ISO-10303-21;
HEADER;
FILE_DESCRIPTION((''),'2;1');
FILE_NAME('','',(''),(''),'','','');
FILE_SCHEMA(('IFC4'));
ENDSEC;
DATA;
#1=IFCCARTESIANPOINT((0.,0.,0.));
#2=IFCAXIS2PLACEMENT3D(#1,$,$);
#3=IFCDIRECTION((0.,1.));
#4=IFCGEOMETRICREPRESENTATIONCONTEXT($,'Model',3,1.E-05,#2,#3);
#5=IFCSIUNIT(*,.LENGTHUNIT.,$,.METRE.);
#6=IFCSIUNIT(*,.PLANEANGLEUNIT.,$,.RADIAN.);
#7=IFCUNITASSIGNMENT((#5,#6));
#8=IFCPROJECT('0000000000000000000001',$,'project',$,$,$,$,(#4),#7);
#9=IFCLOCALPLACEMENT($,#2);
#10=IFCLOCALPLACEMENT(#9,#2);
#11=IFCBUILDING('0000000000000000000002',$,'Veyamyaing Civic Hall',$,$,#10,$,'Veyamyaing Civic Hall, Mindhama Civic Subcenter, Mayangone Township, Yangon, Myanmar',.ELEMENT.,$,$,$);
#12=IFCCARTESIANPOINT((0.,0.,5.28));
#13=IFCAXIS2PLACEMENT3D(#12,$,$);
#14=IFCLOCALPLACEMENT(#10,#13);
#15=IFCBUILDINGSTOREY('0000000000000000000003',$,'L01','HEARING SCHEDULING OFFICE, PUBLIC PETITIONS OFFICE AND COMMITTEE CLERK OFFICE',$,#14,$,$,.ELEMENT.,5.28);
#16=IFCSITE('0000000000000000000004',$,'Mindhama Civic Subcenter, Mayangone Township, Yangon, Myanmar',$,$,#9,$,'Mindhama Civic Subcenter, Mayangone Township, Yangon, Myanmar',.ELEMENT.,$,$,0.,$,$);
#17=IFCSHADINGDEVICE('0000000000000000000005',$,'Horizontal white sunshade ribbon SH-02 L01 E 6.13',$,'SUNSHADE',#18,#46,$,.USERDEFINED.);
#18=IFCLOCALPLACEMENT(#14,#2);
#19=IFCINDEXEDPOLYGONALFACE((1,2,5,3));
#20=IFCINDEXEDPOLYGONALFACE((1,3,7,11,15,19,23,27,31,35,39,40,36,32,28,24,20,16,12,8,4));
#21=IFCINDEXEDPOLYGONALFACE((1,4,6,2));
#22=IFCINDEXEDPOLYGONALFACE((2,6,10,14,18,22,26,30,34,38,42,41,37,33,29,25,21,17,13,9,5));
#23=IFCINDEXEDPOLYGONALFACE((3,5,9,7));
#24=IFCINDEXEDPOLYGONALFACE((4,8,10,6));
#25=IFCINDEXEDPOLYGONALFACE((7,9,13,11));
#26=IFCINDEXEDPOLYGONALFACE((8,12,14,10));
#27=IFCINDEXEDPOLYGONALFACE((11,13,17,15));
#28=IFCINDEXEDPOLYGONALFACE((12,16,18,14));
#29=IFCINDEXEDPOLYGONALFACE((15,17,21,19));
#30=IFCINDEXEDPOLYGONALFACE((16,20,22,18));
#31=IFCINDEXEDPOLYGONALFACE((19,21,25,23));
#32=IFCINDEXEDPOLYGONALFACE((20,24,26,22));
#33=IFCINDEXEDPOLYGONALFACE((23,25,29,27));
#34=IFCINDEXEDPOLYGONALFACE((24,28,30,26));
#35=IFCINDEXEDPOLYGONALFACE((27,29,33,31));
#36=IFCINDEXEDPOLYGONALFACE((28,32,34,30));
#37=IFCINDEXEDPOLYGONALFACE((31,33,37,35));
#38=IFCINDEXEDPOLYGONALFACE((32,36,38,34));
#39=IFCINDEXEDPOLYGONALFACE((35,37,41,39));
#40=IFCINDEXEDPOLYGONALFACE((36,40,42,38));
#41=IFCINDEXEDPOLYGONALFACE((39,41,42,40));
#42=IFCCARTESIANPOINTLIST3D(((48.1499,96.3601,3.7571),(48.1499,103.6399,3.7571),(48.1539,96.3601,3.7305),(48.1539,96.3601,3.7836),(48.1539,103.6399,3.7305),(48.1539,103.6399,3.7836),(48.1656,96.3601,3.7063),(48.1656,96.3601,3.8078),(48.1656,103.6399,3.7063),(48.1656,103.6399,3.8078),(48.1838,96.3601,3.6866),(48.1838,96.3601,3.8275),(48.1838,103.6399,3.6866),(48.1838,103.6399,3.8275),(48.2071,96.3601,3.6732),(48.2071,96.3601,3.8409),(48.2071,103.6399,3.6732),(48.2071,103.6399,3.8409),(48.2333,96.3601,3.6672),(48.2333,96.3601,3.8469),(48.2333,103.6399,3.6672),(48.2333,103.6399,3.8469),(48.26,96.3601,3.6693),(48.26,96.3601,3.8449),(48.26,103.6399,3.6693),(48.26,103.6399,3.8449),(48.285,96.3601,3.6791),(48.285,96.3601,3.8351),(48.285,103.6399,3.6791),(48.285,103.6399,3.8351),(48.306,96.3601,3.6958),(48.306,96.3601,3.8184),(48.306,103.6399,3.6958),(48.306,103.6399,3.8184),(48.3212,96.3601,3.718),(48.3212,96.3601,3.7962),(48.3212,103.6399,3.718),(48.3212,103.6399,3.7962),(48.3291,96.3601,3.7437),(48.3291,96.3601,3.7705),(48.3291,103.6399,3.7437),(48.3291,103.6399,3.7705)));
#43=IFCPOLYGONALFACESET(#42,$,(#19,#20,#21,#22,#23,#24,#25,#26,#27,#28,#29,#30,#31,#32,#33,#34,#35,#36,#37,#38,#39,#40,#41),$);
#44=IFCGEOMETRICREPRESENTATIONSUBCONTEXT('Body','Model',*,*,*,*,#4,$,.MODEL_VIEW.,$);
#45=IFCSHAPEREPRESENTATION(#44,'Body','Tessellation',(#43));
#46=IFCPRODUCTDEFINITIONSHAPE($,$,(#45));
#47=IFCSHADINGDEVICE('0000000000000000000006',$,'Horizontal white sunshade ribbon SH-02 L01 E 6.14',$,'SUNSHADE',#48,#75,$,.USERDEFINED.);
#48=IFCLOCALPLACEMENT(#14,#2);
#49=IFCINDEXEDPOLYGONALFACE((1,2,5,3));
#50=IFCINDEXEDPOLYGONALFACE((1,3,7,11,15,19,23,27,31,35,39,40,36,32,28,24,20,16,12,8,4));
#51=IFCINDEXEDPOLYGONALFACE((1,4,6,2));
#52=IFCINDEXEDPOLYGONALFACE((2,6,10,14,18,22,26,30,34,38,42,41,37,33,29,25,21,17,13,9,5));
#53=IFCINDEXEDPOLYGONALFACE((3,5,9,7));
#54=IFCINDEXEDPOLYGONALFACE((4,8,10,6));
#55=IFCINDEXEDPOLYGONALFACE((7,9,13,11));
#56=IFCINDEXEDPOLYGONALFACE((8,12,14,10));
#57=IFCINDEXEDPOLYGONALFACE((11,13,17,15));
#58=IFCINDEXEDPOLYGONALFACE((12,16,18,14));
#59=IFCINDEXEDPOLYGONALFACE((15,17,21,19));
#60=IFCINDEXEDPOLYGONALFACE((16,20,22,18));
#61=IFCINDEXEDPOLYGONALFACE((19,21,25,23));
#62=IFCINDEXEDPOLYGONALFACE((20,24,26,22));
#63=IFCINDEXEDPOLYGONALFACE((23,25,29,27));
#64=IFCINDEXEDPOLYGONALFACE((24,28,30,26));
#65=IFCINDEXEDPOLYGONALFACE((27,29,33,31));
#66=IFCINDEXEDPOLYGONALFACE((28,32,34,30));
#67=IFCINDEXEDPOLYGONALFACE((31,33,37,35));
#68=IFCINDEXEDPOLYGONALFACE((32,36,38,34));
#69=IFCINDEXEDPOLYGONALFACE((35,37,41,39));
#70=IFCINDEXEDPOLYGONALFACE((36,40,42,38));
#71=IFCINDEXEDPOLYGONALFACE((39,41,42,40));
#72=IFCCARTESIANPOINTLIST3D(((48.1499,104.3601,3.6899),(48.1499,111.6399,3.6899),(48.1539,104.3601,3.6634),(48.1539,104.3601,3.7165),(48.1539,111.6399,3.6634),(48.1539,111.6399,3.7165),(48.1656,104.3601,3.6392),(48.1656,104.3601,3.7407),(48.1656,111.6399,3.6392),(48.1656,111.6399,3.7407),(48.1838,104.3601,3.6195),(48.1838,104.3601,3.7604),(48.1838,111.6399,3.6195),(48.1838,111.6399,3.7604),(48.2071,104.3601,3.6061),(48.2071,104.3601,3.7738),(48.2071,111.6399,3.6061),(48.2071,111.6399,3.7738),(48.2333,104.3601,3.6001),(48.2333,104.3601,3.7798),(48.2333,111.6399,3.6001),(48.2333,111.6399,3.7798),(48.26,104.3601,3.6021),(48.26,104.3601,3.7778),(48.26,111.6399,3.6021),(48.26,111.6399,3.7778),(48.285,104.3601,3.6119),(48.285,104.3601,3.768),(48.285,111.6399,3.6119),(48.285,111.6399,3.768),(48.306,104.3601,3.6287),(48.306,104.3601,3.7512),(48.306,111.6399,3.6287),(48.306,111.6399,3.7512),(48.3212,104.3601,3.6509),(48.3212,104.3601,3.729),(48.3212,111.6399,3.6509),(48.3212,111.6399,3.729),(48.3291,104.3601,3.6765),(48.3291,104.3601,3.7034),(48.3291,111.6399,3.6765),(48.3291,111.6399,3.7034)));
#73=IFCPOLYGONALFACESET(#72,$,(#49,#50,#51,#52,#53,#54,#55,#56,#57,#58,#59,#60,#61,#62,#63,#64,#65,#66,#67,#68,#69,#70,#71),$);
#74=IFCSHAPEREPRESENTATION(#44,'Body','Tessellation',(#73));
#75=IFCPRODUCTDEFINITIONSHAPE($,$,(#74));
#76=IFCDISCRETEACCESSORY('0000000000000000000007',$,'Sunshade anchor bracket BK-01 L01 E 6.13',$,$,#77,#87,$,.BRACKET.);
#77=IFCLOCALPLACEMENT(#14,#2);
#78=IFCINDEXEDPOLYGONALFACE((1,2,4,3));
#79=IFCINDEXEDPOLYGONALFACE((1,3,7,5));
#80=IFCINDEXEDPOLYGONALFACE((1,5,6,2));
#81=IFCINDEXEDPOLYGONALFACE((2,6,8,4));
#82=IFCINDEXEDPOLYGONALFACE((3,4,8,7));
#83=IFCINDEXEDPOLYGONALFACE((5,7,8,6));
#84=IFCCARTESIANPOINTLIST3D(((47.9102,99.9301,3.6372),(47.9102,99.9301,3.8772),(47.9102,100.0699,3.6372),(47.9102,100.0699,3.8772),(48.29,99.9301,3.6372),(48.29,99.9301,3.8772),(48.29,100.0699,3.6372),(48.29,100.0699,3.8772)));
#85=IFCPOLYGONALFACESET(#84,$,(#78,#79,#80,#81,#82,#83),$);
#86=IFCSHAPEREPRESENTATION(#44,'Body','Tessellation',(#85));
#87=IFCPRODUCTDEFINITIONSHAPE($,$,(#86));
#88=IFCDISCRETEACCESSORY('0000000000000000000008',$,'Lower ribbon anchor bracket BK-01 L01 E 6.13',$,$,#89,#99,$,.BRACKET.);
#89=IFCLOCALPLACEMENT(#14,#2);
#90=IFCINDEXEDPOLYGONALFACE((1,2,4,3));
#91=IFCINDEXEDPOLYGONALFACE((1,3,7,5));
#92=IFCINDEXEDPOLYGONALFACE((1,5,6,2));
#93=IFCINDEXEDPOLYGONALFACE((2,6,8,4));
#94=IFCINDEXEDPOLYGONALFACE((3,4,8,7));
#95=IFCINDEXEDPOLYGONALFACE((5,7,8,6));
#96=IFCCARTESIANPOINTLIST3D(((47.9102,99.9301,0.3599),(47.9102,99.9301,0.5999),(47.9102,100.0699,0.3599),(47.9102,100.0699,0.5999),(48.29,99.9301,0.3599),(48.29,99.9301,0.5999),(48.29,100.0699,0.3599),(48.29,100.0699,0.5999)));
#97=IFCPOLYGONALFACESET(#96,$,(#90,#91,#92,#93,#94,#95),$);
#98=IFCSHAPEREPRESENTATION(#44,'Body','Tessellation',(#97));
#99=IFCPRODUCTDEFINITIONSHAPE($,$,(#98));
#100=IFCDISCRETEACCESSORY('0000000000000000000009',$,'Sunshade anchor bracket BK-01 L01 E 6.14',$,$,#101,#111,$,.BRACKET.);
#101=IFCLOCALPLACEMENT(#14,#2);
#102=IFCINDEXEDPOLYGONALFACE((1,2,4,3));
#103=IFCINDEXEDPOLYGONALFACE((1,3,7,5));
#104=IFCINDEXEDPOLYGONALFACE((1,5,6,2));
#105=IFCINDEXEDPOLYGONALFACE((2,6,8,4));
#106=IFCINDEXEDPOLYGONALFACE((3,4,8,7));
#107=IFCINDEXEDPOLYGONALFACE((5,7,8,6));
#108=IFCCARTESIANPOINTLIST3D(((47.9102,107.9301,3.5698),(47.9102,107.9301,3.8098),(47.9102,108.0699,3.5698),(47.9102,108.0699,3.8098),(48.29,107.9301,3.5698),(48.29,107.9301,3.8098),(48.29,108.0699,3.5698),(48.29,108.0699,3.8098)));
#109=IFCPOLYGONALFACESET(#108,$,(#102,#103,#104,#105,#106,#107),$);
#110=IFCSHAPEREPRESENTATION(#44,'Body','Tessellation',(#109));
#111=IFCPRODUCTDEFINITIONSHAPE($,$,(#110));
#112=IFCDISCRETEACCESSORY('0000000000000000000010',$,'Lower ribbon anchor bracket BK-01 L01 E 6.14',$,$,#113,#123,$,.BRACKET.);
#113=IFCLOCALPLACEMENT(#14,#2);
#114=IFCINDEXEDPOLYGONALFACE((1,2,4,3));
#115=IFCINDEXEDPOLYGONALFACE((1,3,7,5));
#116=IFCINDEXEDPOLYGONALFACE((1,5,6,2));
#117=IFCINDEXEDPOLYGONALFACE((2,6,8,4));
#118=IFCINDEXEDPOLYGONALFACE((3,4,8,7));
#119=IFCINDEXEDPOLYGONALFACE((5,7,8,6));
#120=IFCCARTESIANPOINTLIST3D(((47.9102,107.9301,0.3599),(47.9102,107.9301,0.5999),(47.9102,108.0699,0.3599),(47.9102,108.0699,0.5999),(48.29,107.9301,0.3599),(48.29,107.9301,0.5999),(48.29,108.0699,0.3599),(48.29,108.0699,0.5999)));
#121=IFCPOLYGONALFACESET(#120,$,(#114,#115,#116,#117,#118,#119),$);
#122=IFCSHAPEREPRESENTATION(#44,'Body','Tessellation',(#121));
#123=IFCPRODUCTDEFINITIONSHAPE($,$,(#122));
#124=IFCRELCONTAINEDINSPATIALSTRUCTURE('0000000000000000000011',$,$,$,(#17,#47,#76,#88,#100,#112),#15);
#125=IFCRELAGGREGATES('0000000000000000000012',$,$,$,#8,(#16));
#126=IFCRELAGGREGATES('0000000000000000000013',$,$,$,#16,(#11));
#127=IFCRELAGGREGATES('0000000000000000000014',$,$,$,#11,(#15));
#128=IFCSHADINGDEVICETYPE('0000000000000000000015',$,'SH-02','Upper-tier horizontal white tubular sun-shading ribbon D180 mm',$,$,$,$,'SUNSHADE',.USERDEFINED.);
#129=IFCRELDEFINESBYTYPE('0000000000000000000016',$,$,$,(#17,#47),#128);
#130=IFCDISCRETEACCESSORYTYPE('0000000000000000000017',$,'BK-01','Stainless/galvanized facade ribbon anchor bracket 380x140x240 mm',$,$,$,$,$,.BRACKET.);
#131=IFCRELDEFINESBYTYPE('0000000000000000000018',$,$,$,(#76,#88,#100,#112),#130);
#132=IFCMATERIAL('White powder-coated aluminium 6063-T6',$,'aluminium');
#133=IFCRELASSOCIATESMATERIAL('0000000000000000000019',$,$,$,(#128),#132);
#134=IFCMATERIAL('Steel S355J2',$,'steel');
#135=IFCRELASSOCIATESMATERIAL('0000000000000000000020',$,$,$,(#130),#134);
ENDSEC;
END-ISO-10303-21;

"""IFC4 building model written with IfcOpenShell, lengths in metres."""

from ifc_helpers import new_model, si_unit, direction, frame, origin, origin_2d, place, context, subcontext, project, spatial, rectangle, circle, extrude, material, material_profile, profile_set, type_object, element, save


model = new_model("IFC4")

# Units and contexts
model_context = context("Model", 3, precision=1e-05, world=origin(), true_north=direction((0.0, 1.0)))
body_context = subcontext(model_context, "Body", "Model", "MODEL_VIEW")
ifc_project = project(units=[si_unit("LENGTHUNIT", "METRE"), si_unit("PLANEANGLEUNIT", "RADIAN")], contexts=[model_context])

# Site, building, storey
site_placement = place(None, origin())
site = spatial("IfcSite", under=ifc_project, at=site_placement, Name="Mindhama Civic Subcenter, Mayangone Township, Yangon, Myanmar", LongName="Mindhama Civic Subcenter, Mayangone Township, Yangon, Myanmar", CompositionType="ELEMENT", RefElevation=0.0)
building_placement = place(site_placement, origin())
building = spatial("IfcBuilding", under=site, at=building_placement, Name="Veyamyaing Civic Hall", LongName="Veyamyaing Civic Hall, Mindhama Civic Subcenter, Mayangone Township, Yangon, Myanmar", CompositionType="ELEMENT")
storey_placement = place(building_placement, frame((0.0, 0.0, 5.28)))
storey = spatial("IfcBuildingStorey", under=building, at=storey_placement, Name="L01", Description="HEARING SCHEDULING OFFICE, PUBLIC PETITIONS OFFICE AND COMMITTEE CLERK OFFICE", CompositionType="ELEMENT", Elevation=5.28)

# Shared definitions
ifc_material_1 = material(Name="White powder-coated aluminium 6063-T6", Category="aluminium")

# Shading devices
ifc_material_profile_1 = material_profile(ifc_material_1, circle(Radius=0.0901, at=origin_2d()), Name="SHADE-TUBE-180")
ifc_profile_set_1 = profile_set([ifc_material_profile_1], Name="White powder-coated aluminium 6063-T6")
shading_device_type_1 = type_object("IfcShadingDeviceType", Name="SH-02", Description="Upper-tier horizontal white tubular sun-shading ribbon D180 mm", ElementType="SUNSHADE", PredefinedType="USERDEFINED", material=ifc_profile_set_1)
for number, where, z_axis, x_axis, name in (
    (1, (48.24, 96.3601, 3.7571), (0.0, 1.0, 0.0), (-1.0, 0.0, 0.0), "Horizontal white sunshade ribbon SH-02 L01 E 6.13"),
    (2, (48.24, 104.3601, 3.6899), (0.0, 1.0, 0.0), (-1.0, 0.0, 0.0), "Horizontal white sunshade ribbon SH-02 L01 E 6.14"),
):
    element("IfcShadingDevice", number, at=place(storey_placement, frame(where, z_axis=z_axis, x_axis=x_axis)), inside=storey, type_object=shading_device_type_1, Name=name, ObjectType="SUNSHADE", PredefinedType="USERDEFINED", context=body_context, shape_type="SweptSolid", body=[
        extrude(circle(Radius=0.0901, at=origin_2d()), origin(), (0.0, 0.0, 1.0), 7.2798),
    ])

# Discrete accessories
ifc_material_2 = material(Name="Steel S355J2", Category="steel")
discrete_accessory_type = type_object("IfcDiscreteAccessoryType", Name="BK-01", Description="Stainless/galvanized facade ribbon anchor bracket 380x140x240 mm", PredefinedType="BRACKET", material=ifc_material_2)
for number, where, z_axis, x_axis, name in (
    (3, (48.1001, 100.0, 3.6372), (0.0, 0.0, 1.0), (1.0, 0.0, 0.0), "Sunshade anchor bracket BK-01 L01 E 6.13"),
    (4, (48.1001, 100.0, 0.3599), (0.0, 0.0, 1.0), (1.0, 0.0, 0.0), "Lower ribbon anchor bracket BK-01 L01 E 6.13"),
    (5, (48.1001, 108.0, 3.5698), (0.0, 0.0, 1.0), (1.0, 0.0, 0.0), "Sunshade anchor bracket BK-01 L01 E 6.14"),
    (6, (48.1001, 108.0, 0.3599), (0.0, 0.0, 1.0), (1.0, 0.0, 0.0), "Lower ribbon anchor bracket BK-01 L01 E 6.14"),
):
    element("IfcDiscreteAccessory", number, at=place(storey_placement, frame(where, z_axis=z_axis, x_axis=x_axis)), inside=storey, type_object=discrete_accessory_type, Name=name, PredefinedType="BRACKET", context=body_context, shape_type="SweptSolid", body=[
        extrude(rectangle(XDim=0.3799, YDim=0.1399, at=origin_2d()), origin(), (0.0, 0.0, 1.0), 0.24),
    ])

save(model, "model.ifc")
